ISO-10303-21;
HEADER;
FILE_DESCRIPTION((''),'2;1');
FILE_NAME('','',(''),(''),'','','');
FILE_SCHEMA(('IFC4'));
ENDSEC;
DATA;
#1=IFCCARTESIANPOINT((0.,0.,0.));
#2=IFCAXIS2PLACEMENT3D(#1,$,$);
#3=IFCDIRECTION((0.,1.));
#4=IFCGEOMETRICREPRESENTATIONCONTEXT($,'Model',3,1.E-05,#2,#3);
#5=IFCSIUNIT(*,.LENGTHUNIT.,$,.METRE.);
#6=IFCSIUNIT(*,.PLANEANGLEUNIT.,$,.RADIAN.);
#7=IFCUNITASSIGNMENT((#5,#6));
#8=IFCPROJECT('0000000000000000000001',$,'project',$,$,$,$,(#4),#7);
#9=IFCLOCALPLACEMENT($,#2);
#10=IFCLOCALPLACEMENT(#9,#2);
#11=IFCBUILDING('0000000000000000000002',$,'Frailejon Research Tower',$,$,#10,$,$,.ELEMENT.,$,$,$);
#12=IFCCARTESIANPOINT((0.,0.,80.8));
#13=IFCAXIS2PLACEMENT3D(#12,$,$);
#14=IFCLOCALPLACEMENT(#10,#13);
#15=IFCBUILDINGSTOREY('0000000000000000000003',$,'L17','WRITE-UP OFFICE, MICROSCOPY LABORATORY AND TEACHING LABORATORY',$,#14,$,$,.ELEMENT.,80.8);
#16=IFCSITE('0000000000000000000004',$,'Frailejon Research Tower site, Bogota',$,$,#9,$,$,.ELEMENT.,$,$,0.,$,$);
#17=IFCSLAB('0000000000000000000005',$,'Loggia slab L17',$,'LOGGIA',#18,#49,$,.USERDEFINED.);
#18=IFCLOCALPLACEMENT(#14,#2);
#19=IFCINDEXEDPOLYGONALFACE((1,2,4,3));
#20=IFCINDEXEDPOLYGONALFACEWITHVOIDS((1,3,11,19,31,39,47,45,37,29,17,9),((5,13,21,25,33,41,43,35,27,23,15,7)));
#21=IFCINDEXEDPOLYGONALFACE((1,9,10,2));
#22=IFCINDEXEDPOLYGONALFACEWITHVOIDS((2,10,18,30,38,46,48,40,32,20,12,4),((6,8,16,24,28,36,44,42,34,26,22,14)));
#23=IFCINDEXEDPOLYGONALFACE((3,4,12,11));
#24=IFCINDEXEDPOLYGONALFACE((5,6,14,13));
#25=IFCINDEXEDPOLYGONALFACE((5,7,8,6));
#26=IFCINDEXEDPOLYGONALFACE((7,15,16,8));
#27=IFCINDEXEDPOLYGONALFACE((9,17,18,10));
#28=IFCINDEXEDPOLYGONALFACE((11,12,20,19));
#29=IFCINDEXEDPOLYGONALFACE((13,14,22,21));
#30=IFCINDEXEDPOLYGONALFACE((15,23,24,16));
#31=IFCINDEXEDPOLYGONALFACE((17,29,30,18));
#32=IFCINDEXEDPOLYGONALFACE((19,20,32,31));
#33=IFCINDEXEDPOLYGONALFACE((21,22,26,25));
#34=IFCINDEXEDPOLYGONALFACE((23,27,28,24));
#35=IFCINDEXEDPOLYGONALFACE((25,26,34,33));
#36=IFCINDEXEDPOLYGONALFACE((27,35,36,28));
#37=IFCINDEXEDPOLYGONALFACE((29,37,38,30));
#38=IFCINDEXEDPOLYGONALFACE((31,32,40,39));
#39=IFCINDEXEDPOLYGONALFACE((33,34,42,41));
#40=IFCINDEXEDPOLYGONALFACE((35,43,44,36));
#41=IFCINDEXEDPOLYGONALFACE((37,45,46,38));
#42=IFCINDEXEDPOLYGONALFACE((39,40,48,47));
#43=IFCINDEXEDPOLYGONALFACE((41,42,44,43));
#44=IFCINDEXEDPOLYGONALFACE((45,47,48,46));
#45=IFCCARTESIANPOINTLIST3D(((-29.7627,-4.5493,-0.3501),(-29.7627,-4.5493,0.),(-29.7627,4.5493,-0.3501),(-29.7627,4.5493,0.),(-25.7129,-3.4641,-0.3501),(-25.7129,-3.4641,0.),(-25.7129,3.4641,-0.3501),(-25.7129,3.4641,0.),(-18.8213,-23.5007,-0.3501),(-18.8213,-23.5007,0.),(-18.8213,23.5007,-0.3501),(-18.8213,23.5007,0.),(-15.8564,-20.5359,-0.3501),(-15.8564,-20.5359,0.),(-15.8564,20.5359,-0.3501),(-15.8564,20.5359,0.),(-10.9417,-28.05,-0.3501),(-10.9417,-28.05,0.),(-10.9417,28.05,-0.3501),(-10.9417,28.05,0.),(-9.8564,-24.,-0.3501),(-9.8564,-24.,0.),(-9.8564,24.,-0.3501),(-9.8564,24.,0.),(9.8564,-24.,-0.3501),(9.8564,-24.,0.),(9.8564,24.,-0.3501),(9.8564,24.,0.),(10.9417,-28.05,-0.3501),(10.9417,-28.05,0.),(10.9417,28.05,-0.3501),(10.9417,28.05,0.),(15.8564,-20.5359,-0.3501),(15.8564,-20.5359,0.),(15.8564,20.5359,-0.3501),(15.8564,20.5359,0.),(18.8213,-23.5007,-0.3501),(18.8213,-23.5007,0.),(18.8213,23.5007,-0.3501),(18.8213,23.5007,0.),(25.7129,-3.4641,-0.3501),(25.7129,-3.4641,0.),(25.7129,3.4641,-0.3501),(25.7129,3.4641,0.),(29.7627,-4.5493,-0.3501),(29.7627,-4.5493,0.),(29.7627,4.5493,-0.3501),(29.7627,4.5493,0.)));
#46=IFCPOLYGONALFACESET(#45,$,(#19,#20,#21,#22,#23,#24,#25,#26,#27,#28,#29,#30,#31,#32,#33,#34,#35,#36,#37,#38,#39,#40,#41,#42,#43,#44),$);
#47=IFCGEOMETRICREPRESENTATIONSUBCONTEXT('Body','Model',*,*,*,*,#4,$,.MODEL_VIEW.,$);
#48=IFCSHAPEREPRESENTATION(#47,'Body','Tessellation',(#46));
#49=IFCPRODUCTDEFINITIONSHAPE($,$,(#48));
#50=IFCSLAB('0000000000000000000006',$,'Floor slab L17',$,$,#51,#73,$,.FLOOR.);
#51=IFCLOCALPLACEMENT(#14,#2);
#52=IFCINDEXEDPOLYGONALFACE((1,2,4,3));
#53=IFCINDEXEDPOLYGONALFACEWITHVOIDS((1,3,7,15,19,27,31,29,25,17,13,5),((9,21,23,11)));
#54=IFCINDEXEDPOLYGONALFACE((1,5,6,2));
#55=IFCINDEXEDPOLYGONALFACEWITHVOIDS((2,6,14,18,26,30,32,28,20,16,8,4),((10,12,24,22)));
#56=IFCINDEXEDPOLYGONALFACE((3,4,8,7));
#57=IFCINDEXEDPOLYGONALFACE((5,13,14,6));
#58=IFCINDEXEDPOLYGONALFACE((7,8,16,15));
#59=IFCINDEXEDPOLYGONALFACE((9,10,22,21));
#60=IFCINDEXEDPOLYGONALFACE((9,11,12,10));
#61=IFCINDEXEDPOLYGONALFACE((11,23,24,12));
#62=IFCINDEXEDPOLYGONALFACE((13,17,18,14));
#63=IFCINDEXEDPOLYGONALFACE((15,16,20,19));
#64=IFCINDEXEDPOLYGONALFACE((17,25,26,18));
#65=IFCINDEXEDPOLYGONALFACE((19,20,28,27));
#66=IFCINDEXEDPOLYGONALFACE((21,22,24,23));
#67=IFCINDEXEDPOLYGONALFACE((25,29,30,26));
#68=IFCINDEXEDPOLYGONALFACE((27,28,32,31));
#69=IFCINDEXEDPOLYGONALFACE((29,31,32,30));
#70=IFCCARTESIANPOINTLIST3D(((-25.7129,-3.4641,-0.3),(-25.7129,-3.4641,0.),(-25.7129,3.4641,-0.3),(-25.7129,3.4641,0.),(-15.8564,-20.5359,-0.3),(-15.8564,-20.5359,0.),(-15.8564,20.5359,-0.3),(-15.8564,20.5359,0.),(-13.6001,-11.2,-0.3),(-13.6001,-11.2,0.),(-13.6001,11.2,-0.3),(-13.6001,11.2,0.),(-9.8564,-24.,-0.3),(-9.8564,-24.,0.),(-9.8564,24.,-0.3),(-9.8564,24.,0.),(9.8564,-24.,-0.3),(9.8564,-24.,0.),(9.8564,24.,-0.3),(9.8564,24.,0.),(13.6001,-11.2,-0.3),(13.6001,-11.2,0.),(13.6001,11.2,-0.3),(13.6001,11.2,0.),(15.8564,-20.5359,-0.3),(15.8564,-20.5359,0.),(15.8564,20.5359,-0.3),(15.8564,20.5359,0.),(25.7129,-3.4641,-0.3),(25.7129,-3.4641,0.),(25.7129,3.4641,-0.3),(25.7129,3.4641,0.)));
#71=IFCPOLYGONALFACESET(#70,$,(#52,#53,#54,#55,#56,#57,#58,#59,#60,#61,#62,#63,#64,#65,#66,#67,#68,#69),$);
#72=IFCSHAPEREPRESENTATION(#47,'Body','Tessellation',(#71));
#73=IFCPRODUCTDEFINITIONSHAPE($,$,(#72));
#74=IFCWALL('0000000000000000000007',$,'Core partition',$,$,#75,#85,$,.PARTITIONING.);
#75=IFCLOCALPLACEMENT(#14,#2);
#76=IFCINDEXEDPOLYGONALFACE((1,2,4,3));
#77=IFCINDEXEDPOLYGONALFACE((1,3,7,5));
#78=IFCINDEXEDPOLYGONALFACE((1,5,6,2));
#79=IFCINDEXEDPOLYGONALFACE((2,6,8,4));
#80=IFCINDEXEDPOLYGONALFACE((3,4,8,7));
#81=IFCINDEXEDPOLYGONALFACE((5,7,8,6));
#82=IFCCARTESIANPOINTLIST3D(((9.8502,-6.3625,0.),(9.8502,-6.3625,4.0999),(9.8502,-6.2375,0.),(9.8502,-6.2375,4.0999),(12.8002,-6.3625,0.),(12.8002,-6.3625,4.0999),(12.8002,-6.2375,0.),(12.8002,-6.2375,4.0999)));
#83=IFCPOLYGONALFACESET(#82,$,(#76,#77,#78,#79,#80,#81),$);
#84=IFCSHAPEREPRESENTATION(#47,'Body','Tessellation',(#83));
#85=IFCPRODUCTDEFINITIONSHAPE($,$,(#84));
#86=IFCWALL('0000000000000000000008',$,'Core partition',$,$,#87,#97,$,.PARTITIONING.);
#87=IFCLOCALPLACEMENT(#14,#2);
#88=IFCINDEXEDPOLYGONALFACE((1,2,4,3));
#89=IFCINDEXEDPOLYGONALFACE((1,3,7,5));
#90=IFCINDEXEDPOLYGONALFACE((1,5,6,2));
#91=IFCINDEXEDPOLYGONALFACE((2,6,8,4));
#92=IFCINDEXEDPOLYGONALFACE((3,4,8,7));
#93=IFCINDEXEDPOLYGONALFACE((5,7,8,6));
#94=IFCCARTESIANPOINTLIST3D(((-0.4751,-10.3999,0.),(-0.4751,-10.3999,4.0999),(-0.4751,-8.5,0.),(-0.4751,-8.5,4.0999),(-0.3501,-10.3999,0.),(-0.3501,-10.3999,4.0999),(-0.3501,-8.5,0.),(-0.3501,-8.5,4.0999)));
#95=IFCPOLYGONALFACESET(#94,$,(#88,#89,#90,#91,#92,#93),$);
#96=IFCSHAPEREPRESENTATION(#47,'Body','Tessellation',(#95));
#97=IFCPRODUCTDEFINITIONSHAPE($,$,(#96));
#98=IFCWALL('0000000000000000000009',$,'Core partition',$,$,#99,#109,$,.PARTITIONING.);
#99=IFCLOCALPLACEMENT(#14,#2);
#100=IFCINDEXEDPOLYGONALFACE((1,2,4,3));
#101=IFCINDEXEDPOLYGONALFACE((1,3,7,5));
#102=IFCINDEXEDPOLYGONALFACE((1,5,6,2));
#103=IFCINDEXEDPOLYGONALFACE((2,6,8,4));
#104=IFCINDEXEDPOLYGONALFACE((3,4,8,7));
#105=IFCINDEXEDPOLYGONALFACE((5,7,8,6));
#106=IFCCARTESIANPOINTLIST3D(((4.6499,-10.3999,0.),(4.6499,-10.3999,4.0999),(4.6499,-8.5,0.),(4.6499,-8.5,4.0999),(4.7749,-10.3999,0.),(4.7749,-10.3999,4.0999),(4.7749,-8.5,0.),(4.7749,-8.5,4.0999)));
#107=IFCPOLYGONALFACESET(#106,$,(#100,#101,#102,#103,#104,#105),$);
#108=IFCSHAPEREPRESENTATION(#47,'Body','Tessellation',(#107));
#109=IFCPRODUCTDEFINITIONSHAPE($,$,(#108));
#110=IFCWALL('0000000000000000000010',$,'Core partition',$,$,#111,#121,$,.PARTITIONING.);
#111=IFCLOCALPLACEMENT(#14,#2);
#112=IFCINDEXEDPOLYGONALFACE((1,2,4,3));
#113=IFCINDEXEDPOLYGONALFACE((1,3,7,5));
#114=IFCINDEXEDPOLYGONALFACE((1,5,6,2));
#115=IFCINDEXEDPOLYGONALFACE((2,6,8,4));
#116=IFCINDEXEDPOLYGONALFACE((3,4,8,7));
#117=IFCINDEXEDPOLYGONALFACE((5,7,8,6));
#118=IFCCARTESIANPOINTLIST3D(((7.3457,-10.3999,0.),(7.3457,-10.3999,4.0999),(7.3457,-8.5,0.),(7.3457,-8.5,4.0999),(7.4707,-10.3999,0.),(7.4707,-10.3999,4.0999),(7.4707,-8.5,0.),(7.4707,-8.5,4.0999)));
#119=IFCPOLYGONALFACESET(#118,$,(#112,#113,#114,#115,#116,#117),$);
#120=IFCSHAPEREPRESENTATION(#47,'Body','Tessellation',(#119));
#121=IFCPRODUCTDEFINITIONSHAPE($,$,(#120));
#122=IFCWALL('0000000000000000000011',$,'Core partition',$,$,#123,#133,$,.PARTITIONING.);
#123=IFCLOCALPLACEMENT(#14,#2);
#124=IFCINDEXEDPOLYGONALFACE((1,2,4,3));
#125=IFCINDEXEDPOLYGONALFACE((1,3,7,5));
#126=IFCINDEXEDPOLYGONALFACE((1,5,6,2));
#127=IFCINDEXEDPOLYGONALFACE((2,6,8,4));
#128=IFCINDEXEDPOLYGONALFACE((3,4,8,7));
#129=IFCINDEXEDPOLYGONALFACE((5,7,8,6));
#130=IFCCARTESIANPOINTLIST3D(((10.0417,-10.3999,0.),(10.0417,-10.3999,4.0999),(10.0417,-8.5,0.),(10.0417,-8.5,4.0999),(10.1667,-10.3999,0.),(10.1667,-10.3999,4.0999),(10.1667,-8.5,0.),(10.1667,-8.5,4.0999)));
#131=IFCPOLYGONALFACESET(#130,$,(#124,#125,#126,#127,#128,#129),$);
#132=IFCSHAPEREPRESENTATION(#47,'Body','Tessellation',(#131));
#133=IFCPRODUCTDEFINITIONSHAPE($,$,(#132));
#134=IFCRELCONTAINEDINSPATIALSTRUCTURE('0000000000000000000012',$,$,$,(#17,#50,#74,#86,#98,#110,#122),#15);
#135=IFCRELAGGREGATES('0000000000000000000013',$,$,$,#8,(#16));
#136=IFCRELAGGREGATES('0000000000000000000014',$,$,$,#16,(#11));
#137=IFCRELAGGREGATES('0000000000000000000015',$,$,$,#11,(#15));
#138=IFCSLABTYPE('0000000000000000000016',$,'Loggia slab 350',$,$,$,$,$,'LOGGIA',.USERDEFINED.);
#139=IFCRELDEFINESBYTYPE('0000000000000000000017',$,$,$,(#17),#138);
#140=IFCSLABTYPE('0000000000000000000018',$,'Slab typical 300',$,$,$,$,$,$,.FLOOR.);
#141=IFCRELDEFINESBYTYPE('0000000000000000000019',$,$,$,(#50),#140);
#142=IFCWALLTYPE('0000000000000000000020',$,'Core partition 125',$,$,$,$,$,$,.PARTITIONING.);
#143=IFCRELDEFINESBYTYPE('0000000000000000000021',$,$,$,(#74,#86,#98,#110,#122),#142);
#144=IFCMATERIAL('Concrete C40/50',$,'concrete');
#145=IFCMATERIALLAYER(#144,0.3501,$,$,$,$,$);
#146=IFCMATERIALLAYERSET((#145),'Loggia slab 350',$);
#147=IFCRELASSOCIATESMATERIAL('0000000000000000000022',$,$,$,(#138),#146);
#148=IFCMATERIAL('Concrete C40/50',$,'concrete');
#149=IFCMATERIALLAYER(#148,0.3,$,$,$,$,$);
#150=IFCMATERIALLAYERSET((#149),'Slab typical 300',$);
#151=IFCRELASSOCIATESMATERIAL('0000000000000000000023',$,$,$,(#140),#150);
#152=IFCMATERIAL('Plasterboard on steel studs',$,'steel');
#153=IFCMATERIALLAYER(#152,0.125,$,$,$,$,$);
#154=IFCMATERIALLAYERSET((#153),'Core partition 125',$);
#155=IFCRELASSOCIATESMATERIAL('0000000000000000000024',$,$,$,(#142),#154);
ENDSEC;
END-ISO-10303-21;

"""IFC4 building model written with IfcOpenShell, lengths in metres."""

from ifc_helpers import new_model, si_unit, direction, frame, frame_2d, origin, place, context, subcontext, project, spatial, polyline, rectangle, outline, extrude, material, layer, layer_set, type_object, element, save


model = new_model("IFC4")

# Units and contexts
model_context = context("Model", 3, precision=1e-05, world=origin(), true_north=direction((0.0, 1.0)))
body_context = subcontext(model_context, "Body", "Model", "MODEL_VIEW")
ifc_project = project(units=[si_unit("LENGTHUNIT", "METRE"), si_unit("PLANEANGLEUNIT", "RADIAN")], contexts=[model_context])

# Site, building, storey
site_placement = place(None, origin())
site = spatial("IfcSite", under=ifc_project, at=site_placement, Name="Frailejon Research Tower site, Bogota", CompositionType="ELEMENT", RefElevation=0.0)
building_placement = place(site_placement, origin())
building = spatial("IfcBuilding", under=site, at=building_placement, Name="Frailejon Research Tower", CompositionType="ELEMENT")
storey_placement = place(building_placement, frame((0.0, 0.0, 80.8)))
storey = spatial("IfcBuildingStorey", under=building, at=storey_placement, Name="L17", Description="WRITE-UP OFFICE, MICROSCOPY LABORATORY AND TEACHING LABORATORY", CompositionType="ELEMENT", Elevation=80.8)

# Slabs
ifc_material_1 = material(Name="Concrete C40/50", Category="concrete")
ifc_layer_1 = layer(ifc_material_1, 0.3501)
ifc_layer_set_1 = layer_set([ifc_layer_1], Name="Loggia slab 350")
slab_type_1 = type_object("IfcSlabType", Name="Loggia slab 350", ElementType="LOGGIA", PredefinedType="USERDEFINED", material=ifc_layer_set_1)
slab_1_placement = place(storey_placement, frame((0.0, 0.0, -0.3501)))
element("IfcSlab", 1, at=slab_1_placement, inside=storey, type_object=slab_type_1, Name="Loggia slab L17", ObjectType="LOGGIA", PredefinedType="USERDEFINED", context=body_context, shape_type="SweptSolid", body=[
    extrude(outline(polyline([(18.8213, -23.5007), (10.9417, -28.05), (-10.9417, -28.05), (-18.8213, -23.5007), (-29.7627, -4.5493), (-29.7627, 4.5493), (-18.8213, 23.5007), (-10.9417, 28.05), (10.9417, 28.05), (18.8213, 23.5007), (29.7627, 4.5493), (29.7627, -4.5493), (18.8213, -23.5007)]), holes=[polyline([(25.7129, 3.4641), (15.8564, 20.5359), (9.8564, 24.0), (-9.8564, 24.0), (-15.8564, 20.5359), (-25.7129, 3.4641), (-25.7129, -3.4641), (-15.8564, -20.5359), (-9.8564, -24.0), (9.8564, -24.0), (15.8564, -20.5359), (25.7129, -3.4641), (25.7129, 3.4641)])]), origin(), (0.0, 0.0, 1.0), 0.3501),
])
ifc_material_2 = material(Name="Concrete C40/50", Category="concrete")
ifc_layer_2 = layer(ifc_material_2, 0.3)
ifc_layer_set_2 = layer_set([ifc_layer_2], Name="Slab typical 300")
slab_type_2 = type_object("IfcSlabType", Name="Slab typical 300", PredefinedType="FLOOR", material=ifc_layer_set_2)
slab_2_placement = place(storey_placement, frame((0.0, 0.0, -0.3)))
element("IfcSlab", 2, at=slab_2_placement, inside=storey, type_object=slab_type_2, Name="Floor slab L17", PredefinedType="FLOOR", context=body_context, shape_type="SweptSolid", body=[
    extrude(outline(polyline([(25.7129, -3.4641), (25.7129, 3.4641), (15.8564, 20.5359), (9.8564, 24.0), (-9.8564, 24.0), (-15.8564, 20.5359), (-25.7129, 3.4641), (-25.7129, -3.4641), (-15.8564, -20.5359), (-9.8564, -24.0), (9.8564, -24.0), (15.8564, -20.5359), (25.7129, -3.4641)]), holes=[polyline([(13.6001, -11.2), (-13.6001, -11.2), (-13.6001, 11.2), (13.6001, 11.2), (13.6001, -11.2)])]), origin(), (0.0, 0.0, 1.0), 0.3),
])

# Walls
ifc_material_3 = material(Name="Plasterboard on steel studs", Category="steel")
ifc_layer_3 = layer(ifc_material_3, 0.125)
ifc_layer_set_3 = layer_set([ifc_layer_3], Name="Core partition 125")
wall_type_1 = type_object("IfcWallType", Name="Core partition 125", PredefinedType="PARTITIONING", material=ifc_layer_set_3)
wall_1_placement = place(storey_placement, frame((9.8501, -6.3, 0.0), z_axis=(0.0, 0.0, 1.0), x_axis=(1.0, 0.0, 0.0)))
element("IfcWall", 3, at=wall_1_placement, inside=storey, type_object=wall_type_1, Name="Core partition", PredefinedType="PARTITIONING", context=body_context, shape_type="SweptSolid", body=[
    extrude(rectangle(XDim=2.95, YDim=0.125, at=frame_2d((1.4751, 0.0))), origin(), (0.0, 0.0, 1.0), 4.0999),
])
for number, where, z_axis, x_axis, name in (
    (4, (-0.4126, -10.3999, 0.0), (0.0, 0.0, 1.0), (0.0, 1.0, 0.0), "Core partition"),
    (5, (4.7124, -10.3999, 0.0), (0.0, 0.0, 1.0), (0.0, 1.0, 0.0), "Core partition"),
    (6, (7.4082, -10.3999, 0.0), (0.0, 0.0, 1.0), (0.0, 1.0, 0.0), "Core partition"),
    (7, (10.1042, -10.3999, 0.0), (0.0, 0.0, 1.0), (0.0, 1.0, 0.0), "Core partition"),
):
    element("IfcWall", number, at=place(storey_placement, frame(where, z_axis=z_axis, x_axis=x_axis)), inside=storey, type_object=wall_type_1, Name=name, PredefinedType="PARTITIONING", context=body_context, shape_type="SweptSolid", body=[
        extrude(rectangle(XDim=1.8999, YDim=0.125, at=frame_2d((0.95, 0.0))), origin(), (0.0, 0.0, 1.0), 4.0999),
    ])

save(model, "model.ifc")
